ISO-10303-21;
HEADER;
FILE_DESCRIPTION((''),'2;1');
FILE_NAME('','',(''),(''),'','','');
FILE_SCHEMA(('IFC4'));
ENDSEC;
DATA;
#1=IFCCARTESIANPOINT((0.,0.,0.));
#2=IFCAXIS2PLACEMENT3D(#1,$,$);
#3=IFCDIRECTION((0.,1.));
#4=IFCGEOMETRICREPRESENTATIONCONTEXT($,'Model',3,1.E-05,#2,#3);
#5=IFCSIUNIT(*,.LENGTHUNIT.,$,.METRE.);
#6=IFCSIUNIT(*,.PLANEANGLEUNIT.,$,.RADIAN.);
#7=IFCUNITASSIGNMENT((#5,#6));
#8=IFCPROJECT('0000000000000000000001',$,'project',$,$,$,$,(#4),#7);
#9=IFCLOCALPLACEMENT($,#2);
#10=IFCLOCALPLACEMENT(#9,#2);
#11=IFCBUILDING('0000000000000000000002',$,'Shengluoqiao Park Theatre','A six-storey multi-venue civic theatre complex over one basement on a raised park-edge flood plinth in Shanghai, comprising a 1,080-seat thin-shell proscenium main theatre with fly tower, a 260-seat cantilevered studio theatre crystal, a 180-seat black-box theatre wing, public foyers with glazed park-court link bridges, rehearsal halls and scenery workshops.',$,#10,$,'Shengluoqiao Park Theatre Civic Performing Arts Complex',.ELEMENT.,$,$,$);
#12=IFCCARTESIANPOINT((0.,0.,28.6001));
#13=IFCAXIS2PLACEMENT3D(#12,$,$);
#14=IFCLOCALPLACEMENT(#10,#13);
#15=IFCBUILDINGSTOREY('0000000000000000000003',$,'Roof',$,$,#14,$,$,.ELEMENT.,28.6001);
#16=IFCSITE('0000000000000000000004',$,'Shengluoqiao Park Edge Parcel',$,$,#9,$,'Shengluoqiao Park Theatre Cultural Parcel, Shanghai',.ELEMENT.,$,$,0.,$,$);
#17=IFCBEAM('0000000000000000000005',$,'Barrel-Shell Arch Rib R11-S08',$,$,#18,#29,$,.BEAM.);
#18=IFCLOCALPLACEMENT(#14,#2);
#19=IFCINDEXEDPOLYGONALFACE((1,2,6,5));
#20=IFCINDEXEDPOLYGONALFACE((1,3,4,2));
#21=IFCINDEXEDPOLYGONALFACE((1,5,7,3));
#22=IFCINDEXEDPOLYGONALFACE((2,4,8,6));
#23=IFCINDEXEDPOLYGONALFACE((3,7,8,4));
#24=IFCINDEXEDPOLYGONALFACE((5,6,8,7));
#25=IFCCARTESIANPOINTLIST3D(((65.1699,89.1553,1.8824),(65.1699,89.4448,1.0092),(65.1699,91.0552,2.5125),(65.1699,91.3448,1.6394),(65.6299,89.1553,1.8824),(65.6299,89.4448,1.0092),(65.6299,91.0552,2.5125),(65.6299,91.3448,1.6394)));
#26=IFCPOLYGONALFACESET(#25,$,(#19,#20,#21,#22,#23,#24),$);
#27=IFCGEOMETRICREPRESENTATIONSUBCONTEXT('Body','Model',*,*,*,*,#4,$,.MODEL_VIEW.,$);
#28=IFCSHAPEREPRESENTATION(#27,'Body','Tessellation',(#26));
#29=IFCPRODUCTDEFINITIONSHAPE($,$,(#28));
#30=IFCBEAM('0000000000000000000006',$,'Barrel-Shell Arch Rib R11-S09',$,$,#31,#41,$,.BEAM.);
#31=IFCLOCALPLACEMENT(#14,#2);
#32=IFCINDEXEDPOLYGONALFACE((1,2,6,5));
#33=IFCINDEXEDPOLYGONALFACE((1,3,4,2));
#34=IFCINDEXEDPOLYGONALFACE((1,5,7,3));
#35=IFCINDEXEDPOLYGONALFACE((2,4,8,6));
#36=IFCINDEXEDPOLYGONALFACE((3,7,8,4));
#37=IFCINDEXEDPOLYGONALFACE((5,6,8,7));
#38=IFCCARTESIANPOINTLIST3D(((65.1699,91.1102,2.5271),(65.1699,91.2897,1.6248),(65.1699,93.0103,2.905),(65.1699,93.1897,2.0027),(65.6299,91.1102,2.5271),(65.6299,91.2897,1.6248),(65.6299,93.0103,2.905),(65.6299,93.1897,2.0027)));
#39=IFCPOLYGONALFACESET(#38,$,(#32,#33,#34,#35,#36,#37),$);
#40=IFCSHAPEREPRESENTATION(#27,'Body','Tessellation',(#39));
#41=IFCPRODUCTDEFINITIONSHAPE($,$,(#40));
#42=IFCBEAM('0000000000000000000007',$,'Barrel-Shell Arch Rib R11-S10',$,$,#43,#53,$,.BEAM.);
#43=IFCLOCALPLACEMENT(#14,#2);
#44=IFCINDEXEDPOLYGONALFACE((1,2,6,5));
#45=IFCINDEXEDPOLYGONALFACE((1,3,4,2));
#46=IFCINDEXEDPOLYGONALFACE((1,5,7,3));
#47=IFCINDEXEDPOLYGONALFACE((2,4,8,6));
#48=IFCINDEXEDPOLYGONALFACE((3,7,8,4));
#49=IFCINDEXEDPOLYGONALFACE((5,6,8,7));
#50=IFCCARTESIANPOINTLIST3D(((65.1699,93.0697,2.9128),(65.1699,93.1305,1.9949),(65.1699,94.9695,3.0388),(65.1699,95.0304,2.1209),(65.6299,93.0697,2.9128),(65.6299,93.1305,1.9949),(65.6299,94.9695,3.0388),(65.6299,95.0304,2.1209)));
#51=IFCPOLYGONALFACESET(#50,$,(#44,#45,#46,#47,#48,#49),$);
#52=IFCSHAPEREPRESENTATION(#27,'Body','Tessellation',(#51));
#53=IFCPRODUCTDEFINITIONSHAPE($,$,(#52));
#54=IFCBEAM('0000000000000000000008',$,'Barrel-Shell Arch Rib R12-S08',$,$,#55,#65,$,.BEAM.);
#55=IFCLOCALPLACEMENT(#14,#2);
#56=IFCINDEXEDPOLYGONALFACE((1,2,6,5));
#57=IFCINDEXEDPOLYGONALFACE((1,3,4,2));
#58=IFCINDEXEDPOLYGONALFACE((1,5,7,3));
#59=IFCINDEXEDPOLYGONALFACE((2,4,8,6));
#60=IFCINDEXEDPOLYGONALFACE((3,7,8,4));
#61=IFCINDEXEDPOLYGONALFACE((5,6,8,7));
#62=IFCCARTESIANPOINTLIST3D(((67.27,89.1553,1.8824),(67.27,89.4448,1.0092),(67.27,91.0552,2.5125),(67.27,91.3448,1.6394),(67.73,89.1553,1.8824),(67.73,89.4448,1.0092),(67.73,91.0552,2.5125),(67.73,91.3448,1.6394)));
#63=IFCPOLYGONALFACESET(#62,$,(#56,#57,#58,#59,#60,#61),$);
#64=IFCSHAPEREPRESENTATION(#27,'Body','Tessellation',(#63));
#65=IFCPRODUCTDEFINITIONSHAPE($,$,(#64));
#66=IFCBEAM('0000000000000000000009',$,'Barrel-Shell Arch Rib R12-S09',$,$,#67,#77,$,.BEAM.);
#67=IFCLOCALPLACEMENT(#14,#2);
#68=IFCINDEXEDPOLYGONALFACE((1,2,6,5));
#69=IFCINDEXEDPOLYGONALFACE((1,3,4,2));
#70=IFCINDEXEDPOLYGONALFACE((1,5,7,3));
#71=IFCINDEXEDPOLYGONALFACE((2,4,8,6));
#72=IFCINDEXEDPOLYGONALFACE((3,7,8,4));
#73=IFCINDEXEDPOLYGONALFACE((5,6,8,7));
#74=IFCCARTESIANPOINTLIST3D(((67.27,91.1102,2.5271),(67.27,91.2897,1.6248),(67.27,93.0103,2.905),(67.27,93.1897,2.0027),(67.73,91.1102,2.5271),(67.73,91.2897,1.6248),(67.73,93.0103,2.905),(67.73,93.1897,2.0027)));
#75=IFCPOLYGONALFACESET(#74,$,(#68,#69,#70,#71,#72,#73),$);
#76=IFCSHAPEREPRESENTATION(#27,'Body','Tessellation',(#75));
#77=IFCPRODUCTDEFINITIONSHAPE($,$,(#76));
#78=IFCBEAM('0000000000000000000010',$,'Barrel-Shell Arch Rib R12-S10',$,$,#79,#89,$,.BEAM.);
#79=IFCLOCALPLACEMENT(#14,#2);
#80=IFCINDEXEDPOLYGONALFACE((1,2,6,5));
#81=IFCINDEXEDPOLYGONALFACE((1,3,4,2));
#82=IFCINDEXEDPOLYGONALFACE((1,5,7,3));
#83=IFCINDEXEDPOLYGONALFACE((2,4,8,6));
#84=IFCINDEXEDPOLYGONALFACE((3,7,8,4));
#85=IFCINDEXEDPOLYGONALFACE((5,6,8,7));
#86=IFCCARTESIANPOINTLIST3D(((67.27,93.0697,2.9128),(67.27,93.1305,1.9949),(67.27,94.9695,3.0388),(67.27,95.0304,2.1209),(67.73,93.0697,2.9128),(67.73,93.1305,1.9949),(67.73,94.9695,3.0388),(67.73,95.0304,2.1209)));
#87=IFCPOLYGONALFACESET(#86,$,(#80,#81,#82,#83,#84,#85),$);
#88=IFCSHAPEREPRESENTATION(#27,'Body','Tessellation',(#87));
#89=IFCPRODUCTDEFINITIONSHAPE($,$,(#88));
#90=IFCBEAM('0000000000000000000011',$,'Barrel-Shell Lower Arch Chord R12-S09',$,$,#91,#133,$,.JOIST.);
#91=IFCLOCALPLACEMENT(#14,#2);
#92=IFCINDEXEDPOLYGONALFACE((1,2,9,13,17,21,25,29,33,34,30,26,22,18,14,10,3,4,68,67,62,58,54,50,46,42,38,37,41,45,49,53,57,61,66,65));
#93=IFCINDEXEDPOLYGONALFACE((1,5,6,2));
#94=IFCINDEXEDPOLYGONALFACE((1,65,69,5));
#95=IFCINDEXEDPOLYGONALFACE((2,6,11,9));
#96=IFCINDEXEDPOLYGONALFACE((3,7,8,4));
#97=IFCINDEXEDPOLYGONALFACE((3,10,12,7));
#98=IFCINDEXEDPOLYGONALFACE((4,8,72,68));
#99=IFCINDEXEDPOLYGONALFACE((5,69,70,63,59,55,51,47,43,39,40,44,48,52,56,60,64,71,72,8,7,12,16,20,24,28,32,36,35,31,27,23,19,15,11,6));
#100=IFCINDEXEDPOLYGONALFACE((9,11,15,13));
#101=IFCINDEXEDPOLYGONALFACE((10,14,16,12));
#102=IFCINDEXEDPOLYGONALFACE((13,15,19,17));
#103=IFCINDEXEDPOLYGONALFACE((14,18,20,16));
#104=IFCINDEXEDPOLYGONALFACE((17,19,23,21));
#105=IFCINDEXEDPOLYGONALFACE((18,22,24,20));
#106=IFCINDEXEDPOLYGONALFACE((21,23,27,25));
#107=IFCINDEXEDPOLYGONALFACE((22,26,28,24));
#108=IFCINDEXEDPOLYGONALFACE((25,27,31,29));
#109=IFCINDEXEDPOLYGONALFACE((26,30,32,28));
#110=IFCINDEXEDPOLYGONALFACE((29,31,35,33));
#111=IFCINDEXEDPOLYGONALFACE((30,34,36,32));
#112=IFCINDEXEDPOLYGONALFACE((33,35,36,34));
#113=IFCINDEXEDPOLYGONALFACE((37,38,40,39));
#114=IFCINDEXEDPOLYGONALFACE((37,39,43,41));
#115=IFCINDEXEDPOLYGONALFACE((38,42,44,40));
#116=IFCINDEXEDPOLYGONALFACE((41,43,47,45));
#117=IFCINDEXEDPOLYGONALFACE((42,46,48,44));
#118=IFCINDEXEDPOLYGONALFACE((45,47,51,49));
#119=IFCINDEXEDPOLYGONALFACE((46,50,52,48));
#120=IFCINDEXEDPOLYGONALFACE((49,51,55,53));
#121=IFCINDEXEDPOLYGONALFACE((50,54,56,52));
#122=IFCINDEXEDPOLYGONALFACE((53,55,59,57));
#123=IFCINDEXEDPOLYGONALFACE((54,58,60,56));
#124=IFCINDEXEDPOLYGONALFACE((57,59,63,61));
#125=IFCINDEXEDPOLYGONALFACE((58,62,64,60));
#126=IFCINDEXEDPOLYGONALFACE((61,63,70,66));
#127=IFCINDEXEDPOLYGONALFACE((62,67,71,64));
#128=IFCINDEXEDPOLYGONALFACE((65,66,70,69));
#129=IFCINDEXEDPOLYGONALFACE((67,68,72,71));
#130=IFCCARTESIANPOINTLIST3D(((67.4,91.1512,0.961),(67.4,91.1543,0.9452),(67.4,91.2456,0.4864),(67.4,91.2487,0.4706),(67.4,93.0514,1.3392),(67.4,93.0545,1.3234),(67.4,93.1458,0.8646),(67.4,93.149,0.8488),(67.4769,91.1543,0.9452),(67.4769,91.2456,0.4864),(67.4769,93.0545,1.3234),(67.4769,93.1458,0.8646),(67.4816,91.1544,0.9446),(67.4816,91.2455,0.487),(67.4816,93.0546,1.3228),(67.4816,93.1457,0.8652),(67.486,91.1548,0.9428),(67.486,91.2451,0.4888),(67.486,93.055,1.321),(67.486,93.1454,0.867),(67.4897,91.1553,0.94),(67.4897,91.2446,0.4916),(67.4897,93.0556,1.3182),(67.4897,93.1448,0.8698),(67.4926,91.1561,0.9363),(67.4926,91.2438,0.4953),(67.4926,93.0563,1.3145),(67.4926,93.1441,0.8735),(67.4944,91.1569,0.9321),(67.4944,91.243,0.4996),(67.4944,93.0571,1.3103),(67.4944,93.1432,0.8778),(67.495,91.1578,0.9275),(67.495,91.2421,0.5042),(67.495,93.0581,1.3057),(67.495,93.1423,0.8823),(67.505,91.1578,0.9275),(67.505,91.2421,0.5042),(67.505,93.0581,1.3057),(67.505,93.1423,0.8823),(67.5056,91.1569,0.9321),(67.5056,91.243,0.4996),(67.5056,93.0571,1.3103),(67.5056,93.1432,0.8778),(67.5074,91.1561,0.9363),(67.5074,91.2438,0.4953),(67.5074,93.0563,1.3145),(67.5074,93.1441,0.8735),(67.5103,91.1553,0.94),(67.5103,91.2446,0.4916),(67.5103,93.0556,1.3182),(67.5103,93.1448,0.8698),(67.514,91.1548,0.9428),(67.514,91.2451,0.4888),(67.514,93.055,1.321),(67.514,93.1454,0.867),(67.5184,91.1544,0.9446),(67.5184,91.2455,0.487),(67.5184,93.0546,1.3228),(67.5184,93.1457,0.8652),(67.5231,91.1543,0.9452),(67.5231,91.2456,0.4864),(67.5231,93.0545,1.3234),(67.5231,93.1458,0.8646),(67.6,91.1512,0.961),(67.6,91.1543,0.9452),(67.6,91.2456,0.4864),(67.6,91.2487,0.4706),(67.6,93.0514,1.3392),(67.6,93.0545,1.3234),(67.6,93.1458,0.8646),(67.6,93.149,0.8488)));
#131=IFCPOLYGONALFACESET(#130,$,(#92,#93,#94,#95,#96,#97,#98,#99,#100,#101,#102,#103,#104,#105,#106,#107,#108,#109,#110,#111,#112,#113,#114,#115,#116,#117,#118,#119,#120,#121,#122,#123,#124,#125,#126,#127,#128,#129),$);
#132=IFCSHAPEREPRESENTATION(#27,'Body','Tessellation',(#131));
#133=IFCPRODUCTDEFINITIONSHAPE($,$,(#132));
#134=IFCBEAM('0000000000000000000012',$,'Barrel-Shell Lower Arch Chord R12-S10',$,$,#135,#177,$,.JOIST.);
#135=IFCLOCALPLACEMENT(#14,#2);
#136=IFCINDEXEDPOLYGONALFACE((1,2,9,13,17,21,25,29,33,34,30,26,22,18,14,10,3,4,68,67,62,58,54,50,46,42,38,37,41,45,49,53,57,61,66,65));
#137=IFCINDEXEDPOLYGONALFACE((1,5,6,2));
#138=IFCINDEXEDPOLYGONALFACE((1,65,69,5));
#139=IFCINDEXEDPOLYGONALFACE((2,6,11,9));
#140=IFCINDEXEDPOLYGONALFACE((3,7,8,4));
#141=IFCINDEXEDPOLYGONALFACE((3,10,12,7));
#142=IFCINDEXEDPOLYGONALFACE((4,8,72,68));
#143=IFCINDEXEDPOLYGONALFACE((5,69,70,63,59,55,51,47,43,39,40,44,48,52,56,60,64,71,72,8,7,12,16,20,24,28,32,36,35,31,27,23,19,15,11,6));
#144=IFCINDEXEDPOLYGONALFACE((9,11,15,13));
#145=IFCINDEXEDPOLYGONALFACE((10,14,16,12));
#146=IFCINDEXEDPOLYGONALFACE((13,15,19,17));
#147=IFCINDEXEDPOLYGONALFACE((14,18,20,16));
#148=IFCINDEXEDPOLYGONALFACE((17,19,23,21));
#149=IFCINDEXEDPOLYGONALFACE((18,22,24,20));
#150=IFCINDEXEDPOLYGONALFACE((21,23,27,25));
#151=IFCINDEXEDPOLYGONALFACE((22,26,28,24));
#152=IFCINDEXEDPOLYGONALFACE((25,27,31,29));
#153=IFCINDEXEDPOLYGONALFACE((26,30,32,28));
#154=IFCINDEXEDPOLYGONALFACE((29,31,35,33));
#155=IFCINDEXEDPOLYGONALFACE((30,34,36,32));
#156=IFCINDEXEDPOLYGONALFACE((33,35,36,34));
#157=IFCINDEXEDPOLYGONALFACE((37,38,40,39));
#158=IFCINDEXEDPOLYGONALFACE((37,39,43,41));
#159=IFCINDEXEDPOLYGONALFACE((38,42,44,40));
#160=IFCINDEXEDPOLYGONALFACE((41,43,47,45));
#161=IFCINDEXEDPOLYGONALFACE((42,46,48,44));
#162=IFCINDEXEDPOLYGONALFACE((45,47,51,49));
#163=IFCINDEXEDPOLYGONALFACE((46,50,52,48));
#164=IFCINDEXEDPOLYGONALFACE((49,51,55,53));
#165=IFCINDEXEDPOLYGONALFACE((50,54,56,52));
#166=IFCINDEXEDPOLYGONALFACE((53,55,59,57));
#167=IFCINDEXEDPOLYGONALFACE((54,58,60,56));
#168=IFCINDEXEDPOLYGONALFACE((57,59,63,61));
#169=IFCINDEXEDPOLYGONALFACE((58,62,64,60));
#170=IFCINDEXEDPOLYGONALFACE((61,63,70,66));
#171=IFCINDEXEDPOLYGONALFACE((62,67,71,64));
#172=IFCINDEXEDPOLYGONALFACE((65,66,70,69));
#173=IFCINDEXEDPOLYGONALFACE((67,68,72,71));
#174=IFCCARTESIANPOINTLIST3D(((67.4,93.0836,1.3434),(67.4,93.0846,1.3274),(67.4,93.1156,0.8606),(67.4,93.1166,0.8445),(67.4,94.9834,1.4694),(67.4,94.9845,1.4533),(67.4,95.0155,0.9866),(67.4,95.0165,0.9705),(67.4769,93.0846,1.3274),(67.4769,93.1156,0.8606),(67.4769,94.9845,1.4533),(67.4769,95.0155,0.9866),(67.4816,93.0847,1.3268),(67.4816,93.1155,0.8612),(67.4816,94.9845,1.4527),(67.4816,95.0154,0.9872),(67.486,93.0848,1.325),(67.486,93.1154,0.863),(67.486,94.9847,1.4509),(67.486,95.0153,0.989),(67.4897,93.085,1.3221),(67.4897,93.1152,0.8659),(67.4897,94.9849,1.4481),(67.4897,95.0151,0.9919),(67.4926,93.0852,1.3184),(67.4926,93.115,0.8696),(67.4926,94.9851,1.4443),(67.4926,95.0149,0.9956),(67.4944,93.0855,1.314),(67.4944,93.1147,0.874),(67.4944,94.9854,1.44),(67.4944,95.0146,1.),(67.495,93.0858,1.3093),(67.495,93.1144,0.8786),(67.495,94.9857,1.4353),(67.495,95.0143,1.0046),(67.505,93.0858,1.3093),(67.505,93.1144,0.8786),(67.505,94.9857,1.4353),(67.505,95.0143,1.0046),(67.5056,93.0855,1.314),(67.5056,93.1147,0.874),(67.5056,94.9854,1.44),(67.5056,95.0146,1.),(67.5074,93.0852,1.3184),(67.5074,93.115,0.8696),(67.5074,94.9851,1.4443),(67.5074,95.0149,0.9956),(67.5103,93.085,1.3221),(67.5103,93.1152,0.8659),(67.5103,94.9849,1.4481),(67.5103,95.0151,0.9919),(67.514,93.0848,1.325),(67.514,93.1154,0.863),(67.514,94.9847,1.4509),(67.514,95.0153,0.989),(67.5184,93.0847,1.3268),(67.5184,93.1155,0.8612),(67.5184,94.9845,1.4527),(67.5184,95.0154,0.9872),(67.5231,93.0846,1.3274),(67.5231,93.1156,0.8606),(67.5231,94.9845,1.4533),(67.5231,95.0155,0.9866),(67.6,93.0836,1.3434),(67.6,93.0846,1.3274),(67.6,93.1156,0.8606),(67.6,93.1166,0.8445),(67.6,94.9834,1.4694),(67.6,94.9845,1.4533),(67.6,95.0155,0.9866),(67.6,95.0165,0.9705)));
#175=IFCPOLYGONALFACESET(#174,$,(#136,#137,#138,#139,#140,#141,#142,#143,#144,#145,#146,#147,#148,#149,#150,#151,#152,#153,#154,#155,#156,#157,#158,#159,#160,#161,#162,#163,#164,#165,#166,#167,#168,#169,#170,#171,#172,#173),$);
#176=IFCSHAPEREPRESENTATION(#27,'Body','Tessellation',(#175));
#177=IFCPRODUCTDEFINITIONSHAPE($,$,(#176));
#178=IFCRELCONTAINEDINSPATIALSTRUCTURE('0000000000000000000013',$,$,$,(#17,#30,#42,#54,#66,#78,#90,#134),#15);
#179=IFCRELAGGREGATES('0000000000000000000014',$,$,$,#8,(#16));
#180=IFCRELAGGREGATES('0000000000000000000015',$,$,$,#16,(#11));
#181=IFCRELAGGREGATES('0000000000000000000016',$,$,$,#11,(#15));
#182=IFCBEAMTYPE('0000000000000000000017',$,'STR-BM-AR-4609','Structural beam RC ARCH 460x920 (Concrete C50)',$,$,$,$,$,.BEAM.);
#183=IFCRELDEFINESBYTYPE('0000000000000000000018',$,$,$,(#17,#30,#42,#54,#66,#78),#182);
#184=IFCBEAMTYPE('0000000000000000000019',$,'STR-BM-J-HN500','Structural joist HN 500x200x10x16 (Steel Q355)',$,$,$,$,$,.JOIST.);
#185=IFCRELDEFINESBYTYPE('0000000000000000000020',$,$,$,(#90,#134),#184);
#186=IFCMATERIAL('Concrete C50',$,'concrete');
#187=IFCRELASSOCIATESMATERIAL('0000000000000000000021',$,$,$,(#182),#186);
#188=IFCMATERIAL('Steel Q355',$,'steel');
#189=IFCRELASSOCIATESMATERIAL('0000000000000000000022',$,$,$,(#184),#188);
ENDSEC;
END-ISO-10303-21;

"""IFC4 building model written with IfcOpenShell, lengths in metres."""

from ifc_helpers import new_model, si_unit, direction, frame, origin, origin_2d, place, context, subcontext, project, spatial, rectangle, i_section, extrude, material, material_profile, profile_set, type_object, element, save


model = new_model("IFC4")

# Units and contexts
model_context = context("Model", 3, precision=1e-05, world=origin(), true_north=direction((0.0, 1.0)))
body_context = subcontext(model_context, "Body", "Model", "MODEL_VIEW")
ifc_project = project(units=[si_unit("LENGTHUNIT", "METRE"), si_unit("PLANEANGLEUNIT", "RADIAN")], contexts=[model_context])

# Site, building, storey
site_placement = place(None, origin())
site = spatial("IfcSite", under=ifc_project, at=site_placement, Name="Shengluoqiao Park Edge Parcel", LongName="Shengluoqiao Park Theatre Cultural Parcel, Shanghai", CompositionType="ELEMENT", RefElevation=0.0)
building_placement = place(site_placement, origin())
building = spatial("IfcBuilding", under=site, at=building_placement, Name="Shengluoqiao Park Theatre", Description="A six-storey multi-venue civic theatre complex over one basement on a raised park-edge flood plinth in Shanghai, comprising a 1,080-seat thin-shell proscenium main theatre with fly tower, a 260-seat cantilevered studio theatre crystal, a 180-seat black-box theatre wing, public foyers with glazed park-court link bridges, rehearsal halls and scenery workshops.", LongName="Shengluoqiao Park Theatre Civic Performing Arts Complex", CompositionType="ELEMENT")
storey_placement = place(building_placement, frame((0.0, 0.0, 28.6001)))
storey = spatial("IfcBuildingStorey", under=building, at=storey_placement, Name="Roof", CompositionType="ELEMENT", Elevation=28.6001)

# Beams
ifc_material_1 = material(Name="Concrete C50", Category="concrete")
ifc_material_profile_1 = material_profile(ifc_material_1, rectangle(XDim=0.46, YDim=0.9199, at=origin_2d()), Name="RC ARCH 460x920")
ifc_profile_set_1 = profile_set([ifc_material_profile_1], Name="Concrete C50")
beam_type_1 = type_object("IfcBeamType", Name="STR-BM-AR-4609", Description="Structural beam RC ARCH 460x920 (Concrete C50)", PredefinedType="BEAM", material=ifc_profile_set_1)
beam_1_placement = place(storey_placement, frame((65.3999, 89.3, 1.4458), z_axis=(0.0, 0.949158, 0.3148), x_axis=(-1.0, 0.0, 0.0)))
element("IfcBeam", 1, at=beam_1_placement, inside=storey, type_object=beam_type_1, Name="Barrel-Shell Arch Rib R11-S08", PredefinedType="BEAM", context=body_context, shape_type="SweptSolid", body=[
    extrude(rectangle(XDim=0.46, YDim=0.9199, at=origin_2d()), origin(), (0.0, 0.0, 1.0), 2.0017),
])
beam_2_placement = place(storey_placement, frame((65.3999, 91.2, 2.0759), z_axis=(0.0, 0.980789, 0.195074), x_axis=(-1.0, 0.0, 0.0)))
element("IfcBeam", 2, at=beam_2_placement, inside=storey, type_object=beam_type_1, Name="Barrel-Shell Arch Rib R11-S09", PredefinedType="BEAM", context=body_context, shape_type="SweptSolid", body=[
    extrude(rectangle(XDim=0.46, YDim=0.9199, at=origin_2d()), origin(), (0.0, 0.0, 1.0), 1.9373),
])
beam_3_placement = place(storey_placement, frame((65.3999, 93.1001, 2.4539), z_axis=(0.0, 0.997809, 0.066162), x_axis=(-1.0, 0.0, 0.0)))
element("IfcBeam", 3, at=beam_3_placement, inside=storey, type_object=beam_type_1, Name="Barrel-Shell Arch Rib R11-S10", PredefinedType="BEAM", context=body_context, shape_type="SweptSolid", body=[
    extrude(rectangle(XDim=0.46, YDim=0.9199, at=origin_2d()), origin(), (0.0, 0.0, 1.0), 1.9041),
])
beam_4_placement = place(storey_placement, frame((67.5, 89.3, 1.4458), z_axis=(0.0, 0.949158, 0.3148), x_axis=(-1.0, 0.0, 0.0)))
element("IfcBeam", 4, at=beam_4_placement, inside=storey, type_object=beam_type_1, Name="Barrel-Shell Arch Rib R12-S08", PredefinedType="BEAM", context=body_context, shape_type="SweptSolid", body=[
    extrude(rectangle(XDim=0.46, YDim=0.9199, at=origin_2d()), origin(), (0.0, 0.0, 1.0), 2.0017),
])
beam_5_placement = place(storey_placement, frame((67.5, 91.2, 2.0759), z_axis=(0.0, 0.980789, 0.195074), x_axis=(-1.0, 0.0, 0.0)))
element("IfcBeam", 5, at=beam_5_placement, inside=storey, type_object=beam_type_1, Name="Barrel-Shell Arch Rib R12-S09", PredefinedType="BEAM", context=body_context, shape_type="SweptSolid", body=[
    extrude(rectangle(XDim=0.46, YDim=0.9199, at=origin_2d()), origin(), (0.0, 0.0, 1.0), 1.9373),
])
beam_6_placement = place(storey_placement, frame((67.5, 93.1001, 2.4539), z_axis=(0.0, 0.997809, 0.066162), x_axis=(-1.0, 0.0, 0.0)))
element("IfcBeam", 6, at=beam_6_placement, inside=storey, type_object=beam_type_1, Name="Barrel-Shell Arch Rib R12-S10", PredefinedType="BEAM", context=body_context, shape_type="SweptSolid", body=[
    extrude(rectangle(XDim=0.46, YDim=0.9199, at=origin_2d()), origin(), (0.0, 0.0, 1.0), 1.9041),
])
ifc_material_2 = material(Name="Steel Q355", Category="steel")
ifc_material_profile_2 = material_profile(ifc_material_2, i_section(OverallWidth=0.2, OverallDepth=0.5, WebThickness=0.01, FlangeThickness=0.0161, FilletRadius=0.0181, at=origin_2d()), Name="HN 500x200x10x16")
ifc_profile_set_2 = profile_set([ifc_material_profile_2], Name="Steel Q355")
beam_type_2 = type_object("IfcBeamType", Name="STR-BM-J-HN500", Description="Structural joist HN 500x200x10x16 (Steel Q355)", PredefinedType="JOIST", material=ifc_profile_set_2)
beam_7_placement = place(storey_placement, frame((67.5, 91.2, 0.7158), z_axis=(0.0, 0.980764, 0.195195), x_axis=(-1.0, 0.0, 0.0)))
element("IfcBeam", 7, at=beam_7_placement, inside=storey, type_object=beam_type_2, Name="Barrel-Shell Lower Arch Chord R12-S09", PredefinedType="JOIST", context=body_context, shape_type="SweptSolid", body=[
    extrude(i_section(OverallWidth=0.2, OverallDepth=0.5, WebThickness=0.01, FlangeThickness=0.0161, FilletRadius=0.0181, at=origin_2d()), origin(), (0.0, 0.0, 1.0), 1.9375),
])
beam_8_placement = place(storey_placement, frame((67.5, 93.1001, 1.094), z_axis=(0.0, 0.997809, 0.066162), x_axis=(-1.0, 0.0, 0.0)))
element("IfcBeam", 8, at=beam_8_placement, inside=storey, type_object=beam_type_2, Name="Barrel-Shell Lower Arch Chord R12-S10", PredefinedType="JOIST", context=body_context, shape_type="SweptSolid", body=[
    extrude(i_section(OverallWidth=0.2, OverallDepth=0.5, WebThickness=0.01, FlangeThickness=0.0161, FilletRadius=0.0181, at=origin_2d()), origin(), (0.0, 0.0, 1.0), 1.9041),
])

save(model, "model.ifc")
